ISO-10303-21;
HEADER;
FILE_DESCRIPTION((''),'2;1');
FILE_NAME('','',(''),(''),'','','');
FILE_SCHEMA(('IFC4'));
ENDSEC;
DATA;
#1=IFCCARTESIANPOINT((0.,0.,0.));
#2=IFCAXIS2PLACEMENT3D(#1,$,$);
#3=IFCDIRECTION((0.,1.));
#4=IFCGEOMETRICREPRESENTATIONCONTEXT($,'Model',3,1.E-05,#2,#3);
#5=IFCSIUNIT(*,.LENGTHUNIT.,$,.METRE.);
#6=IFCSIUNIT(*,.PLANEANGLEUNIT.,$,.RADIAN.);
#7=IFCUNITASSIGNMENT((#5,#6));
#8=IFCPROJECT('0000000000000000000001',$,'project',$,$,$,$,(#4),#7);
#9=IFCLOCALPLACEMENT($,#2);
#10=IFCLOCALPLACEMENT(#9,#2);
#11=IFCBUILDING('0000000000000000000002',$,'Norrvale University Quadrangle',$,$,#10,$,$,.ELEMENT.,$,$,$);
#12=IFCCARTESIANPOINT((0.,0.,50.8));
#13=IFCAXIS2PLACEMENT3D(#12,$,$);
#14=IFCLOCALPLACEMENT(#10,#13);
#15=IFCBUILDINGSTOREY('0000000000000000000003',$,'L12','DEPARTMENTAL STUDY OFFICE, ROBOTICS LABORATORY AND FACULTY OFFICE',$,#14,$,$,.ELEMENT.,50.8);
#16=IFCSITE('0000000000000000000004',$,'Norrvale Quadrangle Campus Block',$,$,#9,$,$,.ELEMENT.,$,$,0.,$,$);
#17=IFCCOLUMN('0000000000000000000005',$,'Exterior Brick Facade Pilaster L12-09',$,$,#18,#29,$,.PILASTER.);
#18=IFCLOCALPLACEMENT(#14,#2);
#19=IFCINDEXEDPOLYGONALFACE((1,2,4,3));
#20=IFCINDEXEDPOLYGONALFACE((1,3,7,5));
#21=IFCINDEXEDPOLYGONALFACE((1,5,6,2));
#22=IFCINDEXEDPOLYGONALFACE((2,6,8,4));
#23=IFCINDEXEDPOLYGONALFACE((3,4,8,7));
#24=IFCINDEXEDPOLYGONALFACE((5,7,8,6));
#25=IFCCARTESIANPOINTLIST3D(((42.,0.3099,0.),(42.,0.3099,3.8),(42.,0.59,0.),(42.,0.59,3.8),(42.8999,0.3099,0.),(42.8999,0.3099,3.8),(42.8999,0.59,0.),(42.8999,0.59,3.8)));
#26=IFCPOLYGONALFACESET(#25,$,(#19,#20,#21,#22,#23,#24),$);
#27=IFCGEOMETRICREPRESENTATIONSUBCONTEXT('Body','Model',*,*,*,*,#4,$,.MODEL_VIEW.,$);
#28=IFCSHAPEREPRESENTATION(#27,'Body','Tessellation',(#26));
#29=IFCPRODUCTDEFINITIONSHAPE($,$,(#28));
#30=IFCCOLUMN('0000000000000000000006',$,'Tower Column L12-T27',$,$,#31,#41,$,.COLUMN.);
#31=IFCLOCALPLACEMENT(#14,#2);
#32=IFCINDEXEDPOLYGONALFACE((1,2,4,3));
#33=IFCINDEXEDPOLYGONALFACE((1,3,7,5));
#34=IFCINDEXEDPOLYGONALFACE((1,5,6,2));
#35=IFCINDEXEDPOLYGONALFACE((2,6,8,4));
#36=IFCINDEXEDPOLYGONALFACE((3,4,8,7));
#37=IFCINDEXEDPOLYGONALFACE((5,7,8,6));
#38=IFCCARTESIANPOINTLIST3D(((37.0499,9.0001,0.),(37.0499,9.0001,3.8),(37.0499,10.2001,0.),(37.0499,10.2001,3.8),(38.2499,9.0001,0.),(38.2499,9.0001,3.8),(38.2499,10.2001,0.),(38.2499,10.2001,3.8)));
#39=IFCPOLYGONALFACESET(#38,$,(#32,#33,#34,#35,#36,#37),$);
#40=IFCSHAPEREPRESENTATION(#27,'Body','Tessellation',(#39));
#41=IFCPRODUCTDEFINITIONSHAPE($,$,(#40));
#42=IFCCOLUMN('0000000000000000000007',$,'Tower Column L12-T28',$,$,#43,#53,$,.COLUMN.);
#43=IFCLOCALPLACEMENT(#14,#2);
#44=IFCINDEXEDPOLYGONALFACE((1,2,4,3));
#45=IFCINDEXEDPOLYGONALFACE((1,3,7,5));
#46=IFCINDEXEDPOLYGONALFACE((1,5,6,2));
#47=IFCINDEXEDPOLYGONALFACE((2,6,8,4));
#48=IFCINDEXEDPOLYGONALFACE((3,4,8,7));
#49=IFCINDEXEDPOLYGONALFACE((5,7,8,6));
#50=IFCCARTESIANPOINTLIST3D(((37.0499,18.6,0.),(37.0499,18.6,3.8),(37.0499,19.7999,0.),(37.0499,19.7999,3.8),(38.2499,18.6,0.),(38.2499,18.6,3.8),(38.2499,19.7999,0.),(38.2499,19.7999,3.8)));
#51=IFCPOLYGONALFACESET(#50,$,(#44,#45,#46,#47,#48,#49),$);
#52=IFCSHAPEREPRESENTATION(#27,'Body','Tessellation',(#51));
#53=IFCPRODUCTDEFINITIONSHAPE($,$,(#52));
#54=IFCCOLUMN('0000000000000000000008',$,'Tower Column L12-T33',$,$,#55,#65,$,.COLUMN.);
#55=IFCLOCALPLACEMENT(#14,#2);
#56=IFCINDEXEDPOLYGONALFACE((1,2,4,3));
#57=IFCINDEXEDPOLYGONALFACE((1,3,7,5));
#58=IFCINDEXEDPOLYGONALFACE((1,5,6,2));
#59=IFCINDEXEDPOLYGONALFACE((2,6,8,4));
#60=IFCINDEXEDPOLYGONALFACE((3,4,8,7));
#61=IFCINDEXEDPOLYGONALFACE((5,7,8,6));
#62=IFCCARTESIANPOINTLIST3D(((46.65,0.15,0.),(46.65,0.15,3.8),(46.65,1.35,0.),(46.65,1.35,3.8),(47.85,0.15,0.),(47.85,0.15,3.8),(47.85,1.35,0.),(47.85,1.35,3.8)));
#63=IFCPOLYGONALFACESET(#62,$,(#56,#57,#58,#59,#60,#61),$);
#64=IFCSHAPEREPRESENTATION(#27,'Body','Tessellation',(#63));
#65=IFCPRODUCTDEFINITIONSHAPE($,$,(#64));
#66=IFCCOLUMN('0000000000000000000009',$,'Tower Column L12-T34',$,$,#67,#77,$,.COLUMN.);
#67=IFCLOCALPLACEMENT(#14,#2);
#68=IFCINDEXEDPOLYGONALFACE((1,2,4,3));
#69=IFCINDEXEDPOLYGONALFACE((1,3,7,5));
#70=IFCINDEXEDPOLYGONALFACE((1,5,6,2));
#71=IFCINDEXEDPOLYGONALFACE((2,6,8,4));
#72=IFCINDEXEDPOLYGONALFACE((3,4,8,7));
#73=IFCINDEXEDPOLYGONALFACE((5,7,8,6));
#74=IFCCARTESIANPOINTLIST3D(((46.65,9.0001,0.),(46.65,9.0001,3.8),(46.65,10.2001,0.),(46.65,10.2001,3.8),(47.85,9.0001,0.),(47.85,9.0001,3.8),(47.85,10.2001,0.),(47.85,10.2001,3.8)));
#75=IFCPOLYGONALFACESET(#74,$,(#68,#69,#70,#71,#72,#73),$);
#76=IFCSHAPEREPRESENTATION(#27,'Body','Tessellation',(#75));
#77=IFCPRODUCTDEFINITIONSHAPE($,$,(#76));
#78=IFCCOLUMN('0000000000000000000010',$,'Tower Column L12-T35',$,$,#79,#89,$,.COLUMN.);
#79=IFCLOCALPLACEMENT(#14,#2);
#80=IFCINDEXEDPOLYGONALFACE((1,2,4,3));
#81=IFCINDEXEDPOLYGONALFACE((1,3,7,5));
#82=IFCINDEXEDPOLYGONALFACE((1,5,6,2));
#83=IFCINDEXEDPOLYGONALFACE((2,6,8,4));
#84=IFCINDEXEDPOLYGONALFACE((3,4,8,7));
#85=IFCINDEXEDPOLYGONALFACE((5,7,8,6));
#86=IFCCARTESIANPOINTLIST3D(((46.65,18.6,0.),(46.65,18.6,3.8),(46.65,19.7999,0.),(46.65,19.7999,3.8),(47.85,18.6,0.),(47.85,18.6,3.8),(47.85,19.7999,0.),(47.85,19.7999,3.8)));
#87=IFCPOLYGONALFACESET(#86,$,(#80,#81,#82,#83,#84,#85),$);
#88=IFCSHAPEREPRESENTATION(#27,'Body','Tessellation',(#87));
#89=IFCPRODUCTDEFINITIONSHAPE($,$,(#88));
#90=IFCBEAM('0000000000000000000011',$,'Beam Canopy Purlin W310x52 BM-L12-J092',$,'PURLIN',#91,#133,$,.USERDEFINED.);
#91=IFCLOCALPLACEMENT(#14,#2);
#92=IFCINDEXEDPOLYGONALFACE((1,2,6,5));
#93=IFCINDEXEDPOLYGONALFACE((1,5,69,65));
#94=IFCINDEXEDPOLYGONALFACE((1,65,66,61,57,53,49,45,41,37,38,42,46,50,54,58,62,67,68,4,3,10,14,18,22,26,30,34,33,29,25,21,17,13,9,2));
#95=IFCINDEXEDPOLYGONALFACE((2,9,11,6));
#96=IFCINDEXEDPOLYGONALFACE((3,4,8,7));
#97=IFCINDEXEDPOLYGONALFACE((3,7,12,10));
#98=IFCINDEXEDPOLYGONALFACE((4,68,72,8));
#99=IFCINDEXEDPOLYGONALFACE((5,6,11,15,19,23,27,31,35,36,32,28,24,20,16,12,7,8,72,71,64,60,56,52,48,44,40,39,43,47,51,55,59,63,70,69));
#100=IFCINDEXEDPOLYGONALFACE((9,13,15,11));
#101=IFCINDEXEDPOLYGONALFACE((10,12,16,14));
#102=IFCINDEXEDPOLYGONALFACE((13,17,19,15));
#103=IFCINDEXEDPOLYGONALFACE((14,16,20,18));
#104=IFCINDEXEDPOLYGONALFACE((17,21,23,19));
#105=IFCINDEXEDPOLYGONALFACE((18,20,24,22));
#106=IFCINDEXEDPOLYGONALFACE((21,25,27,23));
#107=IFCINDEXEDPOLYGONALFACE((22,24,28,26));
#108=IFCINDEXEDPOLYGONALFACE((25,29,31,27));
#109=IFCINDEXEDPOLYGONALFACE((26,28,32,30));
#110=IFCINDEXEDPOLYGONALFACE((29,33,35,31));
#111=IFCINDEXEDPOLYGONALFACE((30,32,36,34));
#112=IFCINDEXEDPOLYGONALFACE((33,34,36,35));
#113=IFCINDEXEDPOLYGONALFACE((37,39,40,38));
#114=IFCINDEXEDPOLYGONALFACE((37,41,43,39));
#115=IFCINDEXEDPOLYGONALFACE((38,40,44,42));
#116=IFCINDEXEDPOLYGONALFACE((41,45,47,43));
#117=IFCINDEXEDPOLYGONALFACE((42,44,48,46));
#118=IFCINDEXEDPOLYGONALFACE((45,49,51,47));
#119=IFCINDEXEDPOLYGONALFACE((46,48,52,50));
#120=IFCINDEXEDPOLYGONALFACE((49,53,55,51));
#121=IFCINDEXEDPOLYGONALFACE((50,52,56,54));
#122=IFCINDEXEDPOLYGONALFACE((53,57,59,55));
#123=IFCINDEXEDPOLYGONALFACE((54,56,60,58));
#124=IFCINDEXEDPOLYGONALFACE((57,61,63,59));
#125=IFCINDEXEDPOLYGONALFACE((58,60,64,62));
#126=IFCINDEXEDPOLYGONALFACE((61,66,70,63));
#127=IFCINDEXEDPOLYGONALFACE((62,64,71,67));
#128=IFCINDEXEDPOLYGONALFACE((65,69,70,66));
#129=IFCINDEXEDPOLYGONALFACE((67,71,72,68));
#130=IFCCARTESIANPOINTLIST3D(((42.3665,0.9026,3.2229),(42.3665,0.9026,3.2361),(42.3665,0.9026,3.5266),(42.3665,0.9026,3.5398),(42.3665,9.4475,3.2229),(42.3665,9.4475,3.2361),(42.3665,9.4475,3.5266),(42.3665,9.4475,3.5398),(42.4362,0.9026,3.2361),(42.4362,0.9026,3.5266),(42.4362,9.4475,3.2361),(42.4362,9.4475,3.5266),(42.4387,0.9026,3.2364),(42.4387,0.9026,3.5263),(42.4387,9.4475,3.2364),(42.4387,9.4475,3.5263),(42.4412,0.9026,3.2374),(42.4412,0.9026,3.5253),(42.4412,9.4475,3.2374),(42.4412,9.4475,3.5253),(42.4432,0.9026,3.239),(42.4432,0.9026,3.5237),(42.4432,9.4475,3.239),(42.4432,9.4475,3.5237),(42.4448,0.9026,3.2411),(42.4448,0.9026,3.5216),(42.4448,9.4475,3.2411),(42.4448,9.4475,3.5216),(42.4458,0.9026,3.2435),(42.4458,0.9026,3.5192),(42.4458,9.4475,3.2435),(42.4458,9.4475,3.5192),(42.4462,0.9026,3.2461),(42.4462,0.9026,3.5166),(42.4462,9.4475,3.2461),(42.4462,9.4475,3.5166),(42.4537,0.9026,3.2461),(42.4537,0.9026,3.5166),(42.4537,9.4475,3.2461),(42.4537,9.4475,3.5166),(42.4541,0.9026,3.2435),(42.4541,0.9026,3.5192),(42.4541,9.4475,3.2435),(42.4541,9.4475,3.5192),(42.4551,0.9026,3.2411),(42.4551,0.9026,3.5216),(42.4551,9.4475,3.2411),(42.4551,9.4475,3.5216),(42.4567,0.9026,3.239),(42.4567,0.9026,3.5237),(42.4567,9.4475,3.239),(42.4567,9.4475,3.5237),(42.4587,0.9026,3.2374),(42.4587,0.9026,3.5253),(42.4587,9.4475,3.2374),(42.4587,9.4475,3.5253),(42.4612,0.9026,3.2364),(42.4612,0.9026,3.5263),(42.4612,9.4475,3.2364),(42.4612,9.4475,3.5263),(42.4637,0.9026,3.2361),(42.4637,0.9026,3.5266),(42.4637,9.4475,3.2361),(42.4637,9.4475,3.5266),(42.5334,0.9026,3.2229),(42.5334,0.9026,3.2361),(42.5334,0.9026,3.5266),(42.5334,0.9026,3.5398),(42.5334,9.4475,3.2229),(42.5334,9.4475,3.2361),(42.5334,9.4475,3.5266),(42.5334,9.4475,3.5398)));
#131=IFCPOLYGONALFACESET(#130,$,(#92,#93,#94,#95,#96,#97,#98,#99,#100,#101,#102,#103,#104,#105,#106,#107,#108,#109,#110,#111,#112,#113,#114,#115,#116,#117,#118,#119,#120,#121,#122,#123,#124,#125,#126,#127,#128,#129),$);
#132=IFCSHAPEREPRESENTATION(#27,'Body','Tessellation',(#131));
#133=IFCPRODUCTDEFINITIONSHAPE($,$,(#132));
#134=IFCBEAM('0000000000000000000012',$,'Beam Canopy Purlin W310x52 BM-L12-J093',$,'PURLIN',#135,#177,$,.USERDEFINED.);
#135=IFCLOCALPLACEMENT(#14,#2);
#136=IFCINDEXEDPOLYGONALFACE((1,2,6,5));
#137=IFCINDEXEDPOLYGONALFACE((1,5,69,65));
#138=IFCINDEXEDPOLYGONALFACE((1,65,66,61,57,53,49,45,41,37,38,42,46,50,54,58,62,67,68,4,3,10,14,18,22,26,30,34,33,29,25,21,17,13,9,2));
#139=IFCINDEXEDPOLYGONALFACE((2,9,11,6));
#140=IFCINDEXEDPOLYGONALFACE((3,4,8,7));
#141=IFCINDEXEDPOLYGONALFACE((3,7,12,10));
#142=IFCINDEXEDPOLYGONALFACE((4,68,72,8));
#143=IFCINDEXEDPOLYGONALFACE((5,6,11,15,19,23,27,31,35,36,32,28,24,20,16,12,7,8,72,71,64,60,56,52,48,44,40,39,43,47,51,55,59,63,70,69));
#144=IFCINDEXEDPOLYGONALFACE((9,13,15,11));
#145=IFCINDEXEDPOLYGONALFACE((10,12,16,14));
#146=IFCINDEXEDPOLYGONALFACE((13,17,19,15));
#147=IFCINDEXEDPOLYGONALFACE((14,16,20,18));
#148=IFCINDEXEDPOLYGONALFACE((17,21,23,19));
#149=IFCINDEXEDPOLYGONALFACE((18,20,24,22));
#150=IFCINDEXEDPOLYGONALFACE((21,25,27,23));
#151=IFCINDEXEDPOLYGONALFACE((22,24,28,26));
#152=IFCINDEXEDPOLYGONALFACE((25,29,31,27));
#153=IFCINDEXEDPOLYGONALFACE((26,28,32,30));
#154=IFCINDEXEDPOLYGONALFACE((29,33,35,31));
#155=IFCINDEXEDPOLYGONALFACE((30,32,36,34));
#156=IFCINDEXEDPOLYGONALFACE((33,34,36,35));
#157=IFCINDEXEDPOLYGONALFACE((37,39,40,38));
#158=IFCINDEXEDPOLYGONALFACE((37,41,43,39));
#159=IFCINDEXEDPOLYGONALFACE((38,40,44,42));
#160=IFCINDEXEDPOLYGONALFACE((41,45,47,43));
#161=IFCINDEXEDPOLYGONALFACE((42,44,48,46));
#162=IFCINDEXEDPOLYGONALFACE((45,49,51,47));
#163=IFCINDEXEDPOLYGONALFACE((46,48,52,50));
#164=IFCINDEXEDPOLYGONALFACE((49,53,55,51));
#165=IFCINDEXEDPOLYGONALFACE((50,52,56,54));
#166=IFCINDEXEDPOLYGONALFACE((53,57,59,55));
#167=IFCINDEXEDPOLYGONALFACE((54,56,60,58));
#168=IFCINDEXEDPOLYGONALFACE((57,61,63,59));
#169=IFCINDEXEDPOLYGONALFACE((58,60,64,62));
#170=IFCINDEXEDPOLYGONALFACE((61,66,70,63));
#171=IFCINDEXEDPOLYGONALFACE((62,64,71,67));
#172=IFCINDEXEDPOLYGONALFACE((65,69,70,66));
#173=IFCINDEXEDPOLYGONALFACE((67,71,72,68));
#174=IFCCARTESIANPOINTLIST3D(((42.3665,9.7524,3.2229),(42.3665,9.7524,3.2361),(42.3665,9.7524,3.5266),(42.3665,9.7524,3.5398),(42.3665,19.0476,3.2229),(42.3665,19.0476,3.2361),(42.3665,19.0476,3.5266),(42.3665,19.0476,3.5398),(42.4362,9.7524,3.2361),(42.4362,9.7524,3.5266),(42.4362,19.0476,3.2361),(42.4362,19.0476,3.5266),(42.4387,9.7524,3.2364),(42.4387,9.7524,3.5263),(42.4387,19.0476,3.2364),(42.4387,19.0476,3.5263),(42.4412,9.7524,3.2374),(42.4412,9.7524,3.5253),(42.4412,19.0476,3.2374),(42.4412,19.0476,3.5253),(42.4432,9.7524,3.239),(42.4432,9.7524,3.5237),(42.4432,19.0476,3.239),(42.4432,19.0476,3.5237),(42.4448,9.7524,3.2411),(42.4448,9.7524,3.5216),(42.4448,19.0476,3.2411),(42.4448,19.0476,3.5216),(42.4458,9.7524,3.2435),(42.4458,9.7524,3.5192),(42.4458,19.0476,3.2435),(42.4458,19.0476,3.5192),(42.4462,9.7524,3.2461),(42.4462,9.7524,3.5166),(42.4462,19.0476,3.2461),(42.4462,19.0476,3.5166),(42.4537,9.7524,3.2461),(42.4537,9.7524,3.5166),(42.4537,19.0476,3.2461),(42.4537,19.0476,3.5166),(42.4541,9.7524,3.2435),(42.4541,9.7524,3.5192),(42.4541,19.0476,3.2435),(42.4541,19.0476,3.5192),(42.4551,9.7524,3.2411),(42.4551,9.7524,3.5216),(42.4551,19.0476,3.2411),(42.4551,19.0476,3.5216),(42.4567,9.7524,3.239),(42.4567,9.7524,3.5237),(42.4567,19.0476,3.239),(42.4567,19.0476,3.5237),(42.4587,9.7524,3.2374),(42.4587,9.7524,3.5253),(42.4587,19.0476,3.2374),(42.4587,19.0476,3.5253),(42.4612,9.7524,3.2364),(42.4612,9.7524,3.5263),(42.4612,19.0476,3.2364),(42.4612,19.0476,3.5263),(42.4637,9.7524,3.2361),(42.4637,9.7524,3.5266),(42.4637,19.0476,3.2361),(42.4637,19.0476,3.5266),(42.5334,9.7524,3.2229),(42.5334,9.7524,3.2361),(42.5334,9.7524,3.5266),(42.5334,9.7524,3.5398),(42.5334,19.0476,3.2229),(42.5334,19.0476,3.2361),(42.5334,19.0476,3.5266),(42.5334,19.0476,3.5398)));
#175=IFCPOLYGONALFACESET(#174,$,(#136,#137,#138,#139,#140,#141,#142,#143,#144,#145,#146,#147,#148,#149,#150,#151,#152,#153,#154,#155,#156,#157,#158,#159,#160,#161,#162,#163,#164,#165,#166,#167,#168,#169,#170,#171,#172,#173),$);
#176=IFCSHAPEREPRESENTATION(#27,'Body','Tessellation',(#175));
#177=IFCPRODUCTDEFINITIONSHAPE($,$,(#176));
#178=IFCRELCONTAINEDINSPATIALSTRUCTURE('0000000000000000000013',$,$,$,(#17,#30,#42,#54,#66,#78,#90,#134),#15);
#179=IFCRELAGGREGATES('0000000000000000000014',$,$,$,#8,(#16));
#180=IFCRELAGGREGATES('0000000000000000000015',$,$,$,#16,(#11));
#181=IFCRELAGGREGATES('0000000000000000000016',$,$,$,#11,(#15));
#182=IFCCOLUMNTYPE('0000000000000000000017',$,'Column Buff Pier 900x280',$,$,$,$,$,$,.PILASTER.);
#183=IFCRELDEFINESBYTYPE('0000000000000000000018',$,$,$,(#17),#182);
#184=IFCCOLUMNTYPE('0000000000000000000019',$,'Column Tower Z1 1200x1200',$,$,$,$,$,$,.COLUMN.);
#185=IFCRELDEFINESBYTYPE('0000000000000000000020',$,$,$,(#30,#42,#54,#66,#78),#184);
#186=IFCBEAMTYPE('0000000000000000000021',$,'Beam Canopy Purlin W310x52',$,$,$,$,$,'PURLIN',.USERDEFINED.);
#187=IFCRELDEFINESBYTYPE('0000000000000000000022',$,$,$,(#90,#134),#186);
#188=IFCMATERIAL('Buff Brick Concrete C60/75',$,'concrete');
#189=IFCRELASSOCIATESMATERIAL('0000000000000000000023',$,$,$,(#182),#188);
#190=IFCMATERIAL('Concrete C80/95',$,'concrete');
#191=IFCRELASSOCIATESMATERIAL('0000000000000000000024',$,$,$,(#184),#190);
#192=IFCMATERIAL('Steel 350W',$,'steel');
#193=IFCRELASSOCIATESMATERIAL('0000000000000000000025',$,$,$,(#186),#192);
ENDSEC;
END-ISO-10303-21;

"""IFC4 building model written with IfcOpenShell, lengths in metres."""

from ifc_helpers import new_model, si_unit, direction, frame, origin, origin_2d, place, context, subcontext, project, spatial, rectangle, i_section, extrude, material, material_profile, profile_set, type_object, element, save


model = new_model("IFC4")

# Units and contexts
model_context = context("Model", 3, precision=1e-05, world=origin(), true_north=direction((0.0, 1.0)))
body_context = subcontext(model_context, "Body", "Model", "MODEL_VIEW")
ifc_project = project(units=[si_unit("LENGTHUNIT", "METRE"), si_unit("PLANEANGLEUNIT", "RADIAN")], contexts=[model_context])

# Site, building, storey
site_placement = place(None, origin())
site = spatial("IfcSite", under=ifc_project, at=site_placement, Name="Norrvale Quadrangle Campus Block", CompositionType="ELEMENT", RefElevation=0.0)
building_placement = place(site_placement, origin())
building = spatial("IfcBuilding", under=site, at=building_placement, Name="Norrvale University Quadrangle", CompositionType="ELEMENT")
storey_placement = place(building_placement, frame((0.0, 0.0, 50.8)))
storey = spatial("IfcBuildingStorey", under=building, at=storey_placement, Name="L12", Description="DEPARTMENTAL STUDY OFFICE, ROBOTICS LABORATORY AND FACULTY OFFICE", CompositionType="ELEMENT", Elevation=50.8)

# Columns
ifc_material_1 = material(Name="Buff Brick Concrete C60/75", Category="concrete")
ifc_material_profile_1 = material_profile(ifc_material_1, rectangle(XDim=0.8999, YDim=0.28, at=origin_2d()), Name="Buff Brick Concrete C60/75")
ifc_profile_set_1 = profile_set([ifc_material_profile_1], Name="Buff Brick Concrete C60/75")
column_type_1 = type_object("IfcColumnType", Name="Column Buff Pier 900x280", PredefinedType="PILASTER", material=ifc_profile_set_1)
column_placement = place(storey_placement, frame((42.45, 0.45, 0.0), z_axis=(0.0, 0.0, 1.0), x_axis=(1.0, 0.0, 0.0)))
element("IfcColumn", 1, at=column_placement, inside=storey, type_object=column_type_1, Name="Exterior Brick Facade Pilaster L12-09", PredefinedType="PILASTER", context=body_context, shape_type="SweptSolid", body=[
    extrude(rectangle(XDim=0.8999, YDim=0.28, at=origin_2d()), origin(), (0.0, 0.0, 1.0), 3.8),
])
ifc_material_2 = material(Name="Concrete C80/95", Category="concrete")
ifc_material_profile_2 = material_profile(ifc_material_2, rectangle(XDim=1.2, YDim=1.2, at=origin_2d()), Name="Concrete C80/95")
ifc_profile_set_2 = profile_set([ifc_material_profile_2], Name="Concrete C80/95")
column_type_2 = type_object("IfcColumnType", Name="Column Tower Z1 1200x1200", PredefinedType="COLUMN", material=ifc_profile_set_2)
for number, where, z_axis, x_axis, name in (
    (2, (37.6499, 9.6001, 0.0), (0.0, 0.0, 1.0), (1.0, 0.0, 0.0), "Tower Column L12-T27"),
    (3, (37.6499, 19.2, 0.0), (0.0, 0.0, 1.0), (1.0, 0.0, 0.0), "Tower Column L12-T28"),
    (4, (47.25, 0.75, 0.0), (0.0, 0.0, 1.0), (1.0, 0.0, 0.0), "Tower Column L12-T33"),
    (5, (47.25, 9.6001, 0.0), (0.0, 0.0, 1.0), (1.0, 0.0, 0.0), "Tower Column L12-T34"),
    (6, (47.25, 19.2, 0.0), (0.0, 0.0, 1.0), (1.0, 0.0, 0.0), "Tower Column L12-T35"),
):
    element("IfcColumn", number, at=place(storey_placement, frame(where, z_axis=z_axis, x_axis=x_axis)), inside=storey, type_object=column_type_2, Name=name, PredefinedType="COLUMN", context=body_context, shape_type="SweptSolid", body=[
        extrude(rectangle(XDim=1.2, YDim=1.2, at=origin_2d()), origin(), (0.0, 0.0, 1.0), 3.8),
    ])

# Beams
ifc_material_3 = material(Name="Steel 350W", Category="steel")
ifc_material_profile_3 = material_profile(ifc_material_3, i_section(OverallWidth=0.167, OverallDepth=0.3169, WebThickness=0.0076, FlangeThickness=0.0132, FilletRadius=0.01, at=origin_2d()), Name="Steel 350W")
ifc_profile_set_3 = profile_set([ifc_material_profile_3], Name="Steel 350W")
beam_type_1 = type_object("IfcBeamType", Name="Beam Canopy Purlin W310x52", ElementType="PURLIN", PredefinedType="USERDEFINED", material=ifc_profile_set_3)
beam_1_placement = place(storey_placement, frame((42.45, 0.9026, 3.3813), z_axis=(0.0, 1.0, 0.0), x_axis=(-1.0, 0.0, 0.0)))
element("IfcBeam", 7, at=beam_1_placement, inside=storey, type_object=beam_type_1, Name="Beam Canopy Purlin W310x52 BM-L12-J092", ObjectType="PURLIN", PredefinedType="USERDEFINED", context=body_context, shape_type="SweptSolid", body=[
    extrude(i_section(OverallWidth=0.167, OverallDepth=0.3169, WebThickness=0.0076, FlangeThickness=0.0132, FilletRadius=0.01, at=origin_2d()), origin(), (0.0, 0.0, 1.0), 8.5449),
])
beam_2_placement = place(storey_placement, frame((42.45, 9.7524, 3.3813), z_axis=(0.0, 1.0, 0.0), x_axis=(-1.0, 0.0, 0.0)))
element("IfcBeam", 8, at=beam_2_placement, inside=storey, type_object=beam_type_1, Name="Beam Canopy Purlin W310x52 BM-L12-J093", ObjectType="PURLIN", PredefinedType="USERDEFINED", context=body_context, shape_type="SweptSolid", body=[
    extrude(i_section(OverallWidth=0.167, OverallDepth=0.3169, WebThickness=0.0076, FlangeThickness=0.0132, FilletRadius=0.01, at=origin_2d()), origin(), (0.0, 0.0, 1.0), 9.2952),
])

save(model, "model.ifc")
